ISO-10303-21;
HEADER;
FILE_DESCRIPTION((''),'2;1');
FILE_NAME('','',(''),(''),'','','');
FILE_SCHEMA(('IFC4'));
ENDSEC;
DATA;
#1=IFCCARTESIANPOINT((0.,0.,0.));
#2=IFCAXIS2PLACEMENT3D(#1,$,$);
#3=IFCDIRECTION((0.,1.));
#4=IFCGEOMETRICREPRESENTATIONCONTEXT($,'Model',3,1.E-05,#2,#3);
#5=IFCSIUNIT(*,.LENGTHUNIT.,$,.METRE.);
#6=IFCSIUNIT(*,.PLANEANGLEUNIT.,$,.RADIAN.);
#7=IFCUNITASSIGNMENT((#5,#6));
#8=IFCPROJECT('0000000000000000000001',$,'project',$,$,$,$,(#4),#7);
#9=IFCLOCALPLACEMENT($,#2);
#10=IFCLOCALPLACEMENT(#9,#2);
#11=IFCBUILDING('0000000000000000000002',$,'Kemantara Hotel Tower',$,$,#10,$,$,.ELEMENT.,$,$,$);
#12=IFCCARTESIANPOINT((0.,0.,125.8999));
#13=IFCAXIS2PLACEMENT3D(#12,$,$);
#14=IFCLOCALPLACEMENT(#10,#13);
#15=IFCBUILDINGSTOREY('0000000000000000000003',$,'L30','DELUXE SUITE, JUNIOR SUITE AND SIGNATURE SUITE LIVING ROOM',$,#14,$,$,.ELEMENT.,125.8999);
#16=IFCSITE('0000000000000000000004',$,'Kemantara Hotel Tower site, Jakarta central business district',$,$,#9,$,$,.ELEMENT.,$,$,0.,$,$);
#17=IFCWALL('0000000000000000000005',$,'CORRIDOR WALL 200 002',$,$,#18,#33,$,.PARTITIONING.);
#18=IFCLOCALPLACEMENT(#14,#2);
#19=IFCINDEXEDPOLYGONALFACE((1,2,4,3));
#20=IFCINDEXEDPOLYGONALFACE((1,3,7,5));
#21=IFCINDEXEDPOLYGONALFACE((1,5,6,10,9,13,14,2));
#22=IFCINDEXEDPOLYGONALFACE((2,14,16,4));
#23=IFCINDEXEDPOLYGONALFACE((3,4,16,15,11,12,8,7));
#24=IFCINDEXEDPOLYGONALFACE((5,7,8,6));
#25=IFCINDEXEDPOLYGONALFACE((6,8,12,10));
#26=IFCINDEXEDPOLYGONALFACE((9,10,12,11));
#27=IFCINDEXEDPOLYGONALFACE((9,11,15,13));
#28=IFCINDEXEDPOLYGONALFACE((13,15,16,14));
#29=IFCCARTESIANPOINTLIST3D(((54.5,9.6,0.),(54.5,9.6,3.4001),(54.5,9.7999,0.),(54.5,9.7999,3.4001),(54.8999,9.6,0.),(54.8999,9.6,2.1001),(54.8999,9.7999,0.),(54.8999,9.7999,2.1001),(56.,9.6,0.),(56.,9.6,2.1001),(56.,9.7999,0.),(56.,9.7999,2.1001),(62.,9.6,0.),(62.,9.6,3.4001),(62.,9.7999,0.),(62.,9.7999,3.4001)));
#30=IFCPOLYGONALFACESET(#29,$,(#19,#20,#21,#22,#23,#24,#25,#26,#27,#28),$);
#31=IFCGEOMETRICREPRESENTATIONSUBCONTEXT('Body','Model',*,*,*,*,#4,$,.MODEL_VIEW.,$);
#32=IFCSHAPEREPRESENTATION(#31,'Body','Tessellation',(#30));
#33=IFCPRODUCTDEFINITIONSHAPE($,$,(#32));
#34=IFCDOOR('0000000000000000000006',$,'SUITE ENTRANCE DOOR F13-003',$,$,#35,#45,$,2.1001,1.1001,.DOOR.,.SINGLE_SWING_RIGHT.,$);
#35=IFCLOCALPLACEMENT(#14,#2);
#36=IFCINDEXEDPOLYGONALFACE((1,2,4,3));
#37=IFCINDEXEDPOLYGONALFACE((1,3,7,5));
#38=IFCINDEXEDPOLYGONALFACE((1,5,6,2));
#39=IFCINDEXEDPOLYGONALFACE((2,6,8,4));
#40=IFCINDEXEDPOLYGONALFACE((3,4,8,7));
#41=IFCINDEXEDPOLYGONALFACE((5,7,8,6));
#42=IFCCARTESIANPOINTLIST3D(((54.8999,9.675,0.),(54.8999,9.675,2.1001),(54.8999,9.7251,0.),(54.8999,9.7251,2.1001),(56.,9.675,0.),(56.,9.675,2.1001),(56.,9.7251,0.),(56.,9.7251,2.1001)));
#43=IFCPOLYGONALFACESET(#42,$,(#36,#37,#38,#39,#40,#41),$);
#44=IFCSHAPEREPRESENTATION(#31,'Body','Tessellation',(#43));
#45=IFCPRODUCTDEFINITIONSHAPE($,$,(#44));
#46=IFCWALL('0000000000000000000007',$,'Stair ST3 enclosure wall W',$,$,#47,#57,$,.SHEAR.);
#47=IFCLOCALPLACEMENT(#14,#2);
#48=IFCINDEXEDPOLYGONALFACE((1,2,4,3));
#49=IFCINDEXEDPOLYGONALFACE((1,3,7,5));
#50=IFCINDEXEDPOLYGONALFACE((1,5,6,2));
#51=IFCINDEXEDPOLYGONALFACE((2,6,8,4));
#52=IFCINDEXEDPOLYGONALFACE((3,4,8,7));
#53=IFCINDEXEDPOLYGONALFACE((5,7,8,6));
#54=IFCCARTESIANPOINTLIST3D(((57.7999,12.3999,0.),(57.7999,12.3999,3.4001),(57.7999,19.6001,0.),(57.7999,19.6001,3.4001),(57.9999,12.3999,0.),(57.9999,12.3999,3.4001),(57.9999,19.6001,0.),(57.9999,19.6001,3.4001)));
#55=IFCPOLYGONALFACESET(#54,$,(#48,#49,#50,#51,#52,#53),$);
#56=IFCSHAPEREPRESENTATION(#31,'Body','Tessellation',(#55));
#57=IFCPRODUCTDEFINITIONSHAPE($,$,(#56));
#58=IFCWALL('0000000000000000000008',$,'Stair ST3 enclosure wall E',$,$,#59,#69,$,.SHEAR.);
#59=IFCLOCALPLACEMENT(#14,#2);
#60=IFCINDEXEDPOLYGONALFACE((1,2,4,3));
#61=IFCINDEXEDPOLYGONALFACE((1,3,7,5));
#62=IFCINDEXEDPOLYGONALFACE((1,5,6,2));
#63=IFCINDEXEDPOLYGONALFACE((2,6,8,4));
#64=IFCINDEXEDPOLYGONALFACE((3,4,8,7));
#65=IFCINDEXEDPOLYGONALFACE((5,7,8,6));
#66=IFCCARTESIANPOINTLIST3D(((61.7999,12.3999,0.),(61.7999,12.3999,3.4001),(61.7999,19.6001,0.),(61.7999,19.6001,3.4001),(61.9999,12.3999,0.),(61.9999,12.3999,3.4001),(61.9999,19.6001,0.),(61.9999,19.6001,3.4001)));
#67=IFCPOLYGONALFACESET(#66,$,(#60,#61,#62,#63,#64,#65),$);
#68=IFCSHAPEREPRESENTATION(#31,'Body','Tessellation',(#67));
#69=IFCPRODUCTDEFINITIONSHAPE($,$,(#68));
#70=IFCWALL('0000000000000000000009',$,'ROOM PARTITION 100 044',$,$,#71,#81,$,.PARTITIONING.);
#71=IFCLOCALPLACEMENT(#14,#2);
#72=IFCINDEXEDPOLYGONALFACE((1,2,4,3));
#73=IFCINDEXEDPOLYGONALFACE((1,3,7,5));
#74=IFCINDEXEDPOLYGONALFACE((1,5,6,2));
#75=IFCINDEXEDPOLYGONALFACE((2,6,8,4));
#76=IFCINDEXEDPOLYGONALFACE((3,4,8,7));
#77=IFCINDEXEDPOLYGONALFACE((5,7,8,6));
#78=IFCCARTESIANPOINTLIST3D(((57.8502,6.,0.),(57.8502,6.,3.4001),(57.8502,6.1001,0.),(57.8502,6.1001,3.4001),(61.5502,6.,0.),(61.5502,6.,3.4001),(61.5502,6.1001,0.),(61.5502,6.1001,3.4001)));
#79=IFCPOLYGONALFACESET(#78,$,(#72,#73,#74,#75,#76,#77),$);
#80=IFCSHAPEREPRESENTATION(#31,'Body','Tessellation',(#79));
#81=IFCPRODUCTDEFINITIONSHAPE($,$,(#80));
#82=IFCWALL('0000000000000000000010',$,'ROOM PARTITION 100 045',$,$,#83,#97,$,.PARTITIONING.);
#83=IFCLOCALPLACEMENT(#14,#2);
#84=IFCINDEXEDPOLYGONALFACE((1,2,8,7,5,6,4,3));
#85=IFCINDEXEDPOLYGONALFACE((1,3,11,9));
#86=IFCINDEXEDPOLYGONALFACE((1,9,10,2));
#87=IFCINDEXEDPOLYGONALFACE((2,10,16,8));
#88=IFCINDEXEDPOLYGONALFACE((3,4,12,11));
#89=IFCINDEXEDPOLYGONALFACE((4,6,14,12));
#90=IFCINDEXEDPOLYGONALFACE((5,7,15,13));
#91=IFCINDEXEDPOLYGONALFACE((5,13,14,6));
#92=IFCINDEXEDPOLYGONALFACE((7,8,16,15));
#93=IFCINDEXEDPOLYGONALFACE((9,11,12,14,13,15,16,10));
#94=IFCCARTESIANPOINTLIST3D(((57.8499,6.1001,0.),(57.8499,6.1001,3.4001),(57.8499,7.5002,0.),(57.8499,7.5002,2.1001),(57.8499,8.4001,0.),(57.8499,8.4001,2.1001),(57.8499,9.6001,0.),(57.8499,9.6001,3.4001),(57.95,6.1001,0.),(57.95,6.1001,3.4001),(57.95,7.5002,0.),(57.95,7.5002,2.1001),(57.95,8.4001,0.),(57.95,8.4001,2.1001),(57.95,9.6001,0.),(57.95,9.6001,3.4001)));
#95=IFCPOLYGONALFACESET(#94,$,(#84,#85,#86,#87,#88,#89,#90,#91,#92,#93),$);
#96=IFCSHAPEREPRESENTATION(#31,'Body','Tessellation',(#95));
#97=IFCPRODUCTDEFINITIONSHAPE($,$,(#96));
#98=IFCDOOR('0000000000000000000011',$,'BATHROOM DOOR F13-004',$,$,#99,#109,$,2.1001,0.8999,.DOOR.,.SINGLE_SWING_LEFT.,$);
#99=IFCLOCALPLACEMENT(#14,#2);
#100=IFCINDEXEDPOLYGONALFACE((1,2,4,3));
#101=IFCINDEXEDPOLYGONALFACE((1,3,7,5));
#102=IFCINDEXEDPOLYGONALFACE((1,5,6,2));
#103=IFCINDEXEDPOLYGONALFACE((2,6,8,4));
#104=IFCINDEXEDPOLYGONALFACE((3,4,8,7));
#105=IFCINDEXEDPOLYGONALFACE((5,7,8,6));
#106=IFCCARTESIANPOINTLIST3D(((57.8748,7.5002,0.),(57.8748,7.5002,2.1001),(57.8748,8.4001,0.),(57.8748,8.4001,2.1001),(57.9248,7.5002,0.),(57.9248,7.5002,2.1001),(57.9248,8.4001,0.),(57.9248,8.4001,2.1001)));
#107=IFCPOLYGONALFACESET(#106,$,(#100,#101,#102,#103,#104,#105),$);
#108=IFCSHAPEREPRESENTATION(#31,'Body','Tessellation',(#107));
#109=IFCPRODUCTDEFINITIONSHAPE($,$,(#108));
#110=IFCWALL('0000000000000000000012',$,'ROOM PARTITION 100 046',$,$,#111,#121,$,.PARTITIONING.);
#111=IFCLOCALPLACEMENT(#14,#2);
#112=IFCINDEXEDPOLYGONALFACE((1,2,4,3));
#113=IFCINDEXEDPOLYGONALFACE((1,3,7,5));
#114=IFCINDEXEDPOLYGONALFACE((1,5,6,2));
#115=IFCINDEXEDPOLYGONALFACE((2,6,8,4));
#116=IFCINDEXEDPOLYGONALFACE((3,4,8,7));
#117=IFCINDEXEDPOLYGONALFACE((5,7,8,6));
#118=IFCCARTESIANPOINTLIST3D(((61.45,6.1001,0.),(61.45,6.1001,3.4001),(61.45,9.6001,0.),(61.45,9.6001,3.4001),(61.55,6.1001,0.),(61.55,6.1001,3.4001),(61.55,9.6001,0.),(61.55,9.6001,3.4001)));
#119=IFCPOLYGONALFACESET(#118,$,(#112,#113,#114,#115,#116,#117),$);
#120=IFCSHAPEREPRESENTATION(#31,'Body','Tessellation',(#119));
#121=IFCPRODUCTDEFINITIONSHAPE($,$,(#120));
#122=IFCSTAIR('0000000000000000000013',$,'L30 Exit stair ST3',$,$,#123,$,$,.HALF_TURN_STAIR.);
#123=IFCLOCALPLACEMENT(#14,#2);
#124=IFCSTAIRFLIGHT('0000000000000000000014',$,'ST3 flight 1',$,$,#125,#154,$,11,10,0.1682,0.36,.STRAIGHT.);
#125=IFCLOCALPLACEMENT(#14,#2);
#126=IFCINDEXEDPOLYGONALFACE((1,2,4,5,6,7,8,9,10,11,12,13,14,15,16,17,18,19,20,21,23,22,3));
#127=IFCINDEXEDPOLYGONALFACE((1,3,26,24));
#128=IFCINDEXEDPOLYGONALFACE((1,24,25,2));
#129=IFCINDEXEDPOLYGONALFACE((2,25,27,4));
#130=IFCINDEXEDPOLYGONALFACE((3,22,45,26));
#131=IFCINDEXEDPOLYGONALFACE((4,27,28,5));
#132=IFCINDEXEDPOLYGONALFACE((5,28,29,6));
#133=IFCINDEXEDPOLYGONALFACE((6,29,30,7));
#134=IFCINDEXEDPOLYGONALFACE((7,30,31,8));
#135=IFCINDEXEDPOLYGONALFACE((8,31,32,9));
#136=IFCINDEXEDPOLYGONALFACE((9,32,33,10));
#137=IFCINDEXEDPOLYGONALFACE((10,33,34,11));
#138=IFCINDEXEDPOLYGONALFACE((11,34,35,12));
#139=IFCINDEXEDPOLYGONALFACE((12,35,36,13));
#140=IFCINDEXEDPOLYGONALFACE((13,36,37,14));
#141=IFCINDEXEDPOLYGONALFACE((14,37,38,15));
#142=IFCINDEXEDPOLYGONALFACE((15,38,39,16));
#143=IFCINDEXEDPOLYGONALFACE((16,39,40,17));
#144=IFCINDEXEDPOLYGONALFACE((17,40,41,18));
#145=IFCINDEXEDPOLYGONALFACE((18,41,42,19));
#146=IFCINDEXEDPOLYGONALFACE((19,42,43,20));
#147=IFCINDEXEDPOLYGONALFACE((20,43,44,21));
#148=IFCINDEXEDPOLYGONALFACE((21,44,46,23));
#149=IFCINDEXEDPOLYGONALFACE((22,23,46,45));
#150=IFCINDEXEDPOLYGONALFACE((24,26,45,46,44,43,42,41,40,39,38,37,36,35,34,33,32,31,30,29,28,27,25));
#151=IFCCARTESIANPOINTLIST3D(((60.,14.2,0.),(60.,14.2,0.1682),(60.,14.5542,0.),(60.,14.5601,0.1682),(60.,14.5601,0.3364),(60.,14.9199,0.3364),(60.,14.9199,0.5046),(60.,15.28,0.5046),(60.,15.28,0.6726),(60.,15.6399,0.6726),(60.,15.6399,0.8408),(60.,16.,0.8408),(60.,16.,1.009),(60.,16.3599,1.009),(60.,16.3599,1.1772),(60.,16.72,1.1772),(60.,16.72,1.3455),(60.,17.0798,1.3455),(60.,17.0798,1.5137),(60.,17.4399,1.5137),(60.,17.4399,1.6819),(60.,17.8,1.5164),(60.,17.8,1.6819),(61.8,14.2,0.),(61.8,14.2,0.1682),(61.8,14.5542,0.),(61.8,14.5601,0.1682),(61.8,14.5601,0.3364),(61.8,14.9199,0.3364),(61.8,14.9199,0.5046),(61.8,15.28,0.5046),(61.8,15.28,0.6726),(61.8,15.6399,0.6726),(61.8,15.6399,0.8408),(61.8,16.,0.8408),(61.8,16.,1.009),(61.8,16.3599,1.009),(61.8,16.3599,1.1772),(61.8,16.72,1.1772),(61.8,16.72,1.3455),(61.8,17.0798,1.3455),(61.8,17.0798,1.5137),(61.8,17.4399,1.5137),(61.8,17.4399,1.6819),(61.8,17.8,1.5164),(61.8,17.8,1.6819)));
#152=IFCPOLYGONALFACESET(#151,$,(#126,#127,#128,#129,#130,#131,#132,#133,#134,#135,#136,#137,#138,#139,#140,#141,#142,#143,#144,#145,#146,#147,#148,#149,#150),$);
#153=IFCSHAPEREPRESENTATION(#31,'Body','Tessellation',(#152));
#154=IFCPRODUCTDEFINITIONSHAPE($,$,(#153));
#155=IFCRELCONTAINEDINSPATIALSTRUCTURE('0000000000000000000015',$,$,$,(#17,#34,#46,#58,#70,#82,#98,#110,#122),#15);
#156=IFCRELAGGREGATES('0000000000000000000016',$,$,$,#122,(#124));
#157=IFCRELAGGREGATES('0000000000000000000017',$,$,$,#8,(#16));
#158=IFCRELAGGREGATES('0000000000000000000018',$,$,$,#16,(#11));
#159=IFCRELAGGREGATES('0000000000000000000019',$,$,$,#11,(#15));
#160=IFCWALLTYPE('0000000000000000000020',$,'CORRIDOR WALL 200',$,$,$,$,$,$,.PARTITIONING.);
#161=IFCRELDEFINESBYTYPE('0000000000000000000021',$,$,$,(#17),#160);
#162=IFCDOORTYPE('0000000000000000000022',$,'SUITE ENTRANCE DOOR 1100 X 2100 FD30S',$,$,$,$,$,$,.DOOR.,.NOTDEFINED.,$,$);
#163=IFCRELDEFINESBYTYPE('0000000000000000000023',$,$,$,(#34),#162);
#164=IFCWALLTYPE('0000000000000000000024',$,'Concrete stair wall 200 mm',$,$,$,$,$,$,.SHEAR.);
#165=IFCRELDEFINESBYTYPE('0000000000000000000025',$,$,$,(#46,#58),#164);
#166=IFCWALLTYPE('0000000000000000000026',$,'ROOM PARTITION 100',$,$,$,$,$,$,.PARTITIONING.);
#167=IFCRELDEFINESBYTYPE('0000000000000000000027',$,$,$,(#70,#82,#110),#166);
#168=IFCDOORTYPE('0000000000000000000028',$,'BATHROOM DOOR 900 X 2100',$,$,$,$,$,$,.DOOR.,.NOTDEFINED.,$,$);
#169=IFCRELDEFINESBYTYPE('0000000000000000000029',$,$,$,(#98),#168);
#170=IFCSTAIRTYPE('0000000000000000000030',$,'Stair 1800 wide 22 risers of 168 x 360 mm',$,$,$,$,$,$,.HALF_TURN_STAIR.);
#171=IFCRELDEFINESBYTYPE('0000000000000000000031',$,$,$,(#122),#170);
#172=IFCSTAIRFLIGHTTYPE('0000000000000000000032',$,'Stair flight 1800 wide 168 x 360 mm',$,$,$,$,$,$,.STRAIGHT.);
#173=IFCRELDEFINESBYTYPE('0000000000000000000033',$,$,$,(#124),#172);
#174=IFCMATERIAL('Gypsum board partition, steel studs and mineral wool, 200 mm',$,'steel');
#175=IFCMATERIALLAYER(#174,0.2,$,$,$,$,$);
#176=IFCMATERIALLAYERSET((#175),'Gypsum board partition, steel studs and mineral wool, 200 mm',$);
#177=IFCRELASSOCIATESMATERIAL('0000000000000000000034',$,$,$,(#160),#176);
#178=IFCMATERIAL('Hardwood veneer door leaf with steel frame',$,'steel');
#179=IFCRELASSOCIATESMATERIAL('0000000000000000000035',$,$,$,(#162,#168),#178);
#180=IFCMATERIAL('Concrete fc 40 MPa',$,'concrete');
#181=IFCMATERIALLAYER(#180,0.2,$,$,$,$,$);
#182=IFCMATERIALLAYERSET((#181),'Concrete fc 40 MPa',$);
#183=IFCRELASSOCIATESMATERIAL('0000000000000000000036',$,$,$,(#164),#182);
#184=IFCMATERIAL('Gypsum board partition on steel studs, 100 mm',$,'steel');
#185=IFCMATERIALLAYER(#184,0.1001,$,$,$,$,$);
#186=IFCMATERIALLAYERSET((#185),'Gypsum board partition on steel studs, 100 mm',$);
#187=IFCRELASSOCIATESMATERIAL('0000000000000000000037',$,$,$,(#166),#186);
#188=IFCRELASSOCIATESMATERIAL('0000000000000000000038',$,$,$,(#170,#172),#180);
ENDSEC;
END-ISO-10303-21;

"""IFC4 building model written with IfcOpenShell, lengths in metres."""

from ifc_helpers import new_model, si_unit, direction, frame, frame_2d, origin, place, context, subcontext, project, spatial, polyline, rectangle, outline, extrude, material, layer, layer_set, type_object, element, fill, aggregate, save


model = new_model("IFC4")

# Units and contexts
model_context = context("Model", 3, precision=1e-05, world=origin(), true_north=direction((0.0, 1.0)))
body_context = subcontext(model_context, "Body", "Model", "MODEL_VIEW")
ifc_project = project(units=[si_unit("LENGTHUNIT", "METRE"), si_unit("PLANEANGLEUNIT", "RADIAN")], contexts=[model_context])

# Site, building, storey
site_placement = place(None, origin())
site = spatial("IfcSite", under=ifc_project, at=site_placement, Name="Kemantara Hotel Tower site, Jakarta central business district", CompositionType="ELEMENT", RefElevation=0.0)
building_placement = place(site_placement, origin())
building = spatial("IfcBuilding", under=site, at=building_placement, Name="Kemantara Hotel Tower", CompositionType="ELEMENT")
storey_placement = place(building_placement, frame((0.0, 0.0, 125.8999)))
storey = spatial("IfcBuildingStorey", under=building, at=storey_placement, Name="L30", Description="DELUXE SUITE, JUNIOR SUITE AND SIGNATURE SUITE LIVING ROOM", CompositionType="ELEMENT", Elevation=125.8999)

# Wall, opening, door
ifc_material_1 = material(Name="Gypsum board partition, steel studs and mineral wool, 200 mm", Category="steel")
ifc_layer_1 = layer(ifc_material_1, 0.2)
ifc_layer_set_1 = layer_set([ifc_layer_1], Name="Gypsum board partition, steel studs and mineral wool, 200 mm")
wall_type_1 = type_object("IfcWallType", Name="CORRIDOR WALL 200", PredefinedType="PARTITIONING", material=ifc_layer_set_1)
wall_1_placement = place(storey_placement, frame((62.0, 9.7, 0.0), z_axis=(0.0, 0.0, 1.0), x_axis=(-1.0, 0.0, 0.0)))
wall_1 = element("IfcWall", 1, at=wall_1_placement, inside=storey, type_object=wall_type_1, Name="CORRIDOR WALL 200 002", PredefinedType="PARTITIONING", context=body_context, shape_type="SweptSolid", body=[
    extrude(rectangle(XDim=7.5, YDim=0.2, at=frame_2d((3.75, 0.0))), origin(), (0.0, 0.0, 1.0), 3.4001),
])
opening_1_placement = place(wall_1_placement, frame((6.0, 0.0, 0.0)))
opening_1 = element("IfcOpeningElement", 2, at=opening_1_placement, cuts=wall_1, PredefinedType="OPENING", context=body_context, shape_type="SweptSolid", body=[
    extrude(rectangle(XDim=1.1001, YDim=2.1001, at=frame_2d((0.55, 1.05))), frame((0.0, 0.1099, 0.0), z_axis=(0.0, -1.0, 0.0), x_axis=(1.0, 0.0, 0.0)), (0.0, 0.0, 1.0), 0.22),
])
ifc_material_2 = material(Name="Hardwood veneer door leaf with steel frame", Category="steel")
door_type_1 = type_object("IfcDoorType", Name="SUITE ENTRANCE DOOR 1100 X 2100 FD30S", OperationType="NOTDEFINED", PredefinedType="DOOR", material=ifc_material_2)
door_1_placement = place(opening_1_placement, origin())
door_1 = element("IfcDoor", 3, at=door_1_placement, inside=storey, type_object=door_type_1, Name="SUITE ENTRANCE DOOR F13-003", OperationType="SINGLE_SWING_RIGHT", OverallHeight=2.1001, OverallWidth=1.1001, PredefinedType="DOOR", context=body_context, shape_type="SweptSolid", body=[
    extrude(rectangle(XDim=1.1001, YDim=2.1001, at=frame_2d((0.55, 1.05))), frame((0.0, 0.0249, 0.0), z_axis=(0.0, -1.0, 0.0), x_axis=(1.0, 0.0, 0.0)), (0.0, 0.0, 1.0), 0.05),
])
fill(opening_1, door_1)

# Walls
ifc_material_3 = material(Name="Concrete fc 40 MPa", Category="concrete")
ifc_layer_2 = layer(ifc_material_3, 0.2)
ifc_layer_set_2 = layer_set([ifc_layer_2], Name="Concrete fc 40 MPa")
wall_type_2 = type_object("IfcWallType", Name="Concrete stair wall 200 mm", PredefinedType="SHEAR", material=ifc_layer_set_2)
for number, where, z_axis, x_axis, name in (
    (4, (57.8999, 12.3999, 0.0), (0.0, 0.0, 1.0), (0.0, 1.0, 0.0), "Stair ST3 enclosure wall W"),
    (5, (61.8999, 12.3999, 0.0), (0.0, 0.0, 1.0), (0.0, 1.0, 0.0), "Stair ST3 enclosure wall E"),
):
    element("IfcWall", number, at=place(storey_placement, frame(where, z_axis=z_axis, x_axis=x_axis)), inside=storey, type_object=wall_type_2, Name=name, PredefinedType="SHEAR", context=body_context, shape_type="SweptSolid", body=[
        extrude(rectangle(XDim=7.2002, YDim=0.2, at=frame_2d((3.6001, 0.0))), origin(), (0.0, 0.0, 1.0), 3.4001),
    ])
ifc_material_4 = material(Name="Gypsum board partition on steel studs, 100 mm", Category="steel")
ifc_layer_3 = layer(ifc_material_4, 0.1001)
ifc_layer_set_3 = layer_set([ifc_layer_3], Name="Gypsum board partition on steel studs, 100 mm")
wall_type_3 = type_object("IfcWallType", Name="ROOM PARTITION 100", PredefinedType="PARTITIONING", material=ifc_layer_set_3)
wall_2_placement = place(storey_placement, frame((57.8501, 6.05, 0.0), z_axis=(0.0, 0.0, 1.0), x_axis=(1.0, 0.0, 0.0)))
element("IfcWall", 6, at=wall_2_placement, inside=storey, type_object=wall_type_3, Name="ROOM PARTITION 100 044", PredefinedType="PARTITIONING", context=body_context, shape_type="SweptSolid", body=[
    extrude(rectangle(XDim=3.7, YDim=0.1001, at=frame_2d((1.8501, 0.0))), origin(), (0.0, 0.0, 1.0), 3.4001),
])

# Wall, opening, door
wall_3_placement = place(storey_placement, frame((57.8999, 9.6001, 0.0), z_axis=(0.0, 0.0, 1.0), x_axis=(0.0, -1.0, 0.0)))
wall_3 = element("IfcWall", 7, at=wall_3_placement, inside=storey, type_object=wall_type_3, Name="ROOM PARTITION 100 045", PredefinedType="PARTITIONING", context=body_context, shape_type="SweptSolid", body=[
    extrude(rectangle(XDim=3.5, YDim=0.1001, at=frame_2d((1.75, 0.0))), origin(), (0.0, 0.0, 1.0), 3.4001),
])
opening_2_placement = place(wall_3_placement, frame((1.2, 0.0, 0.0)))
opening_2 = element("IfcOpeningElement", 8, at=opening_2_placement, cuts=wall_3, PredefinedType="OPENING", context=body_context, shape_type="SweptSolid", body=[
    extrude(rectangle(XDim=0.8999, YDim=2.1001, at=frame_2d((0.45, 1.05))), frame((0.0, 0.0601, 0.0), z_axis=(0.0, -1.0, 0.0), x_axis=(1.0, 0.0, 0.0)), (0.0, 0.0, 1.0), 0.1201),
])
door_type_2 = type_object("IfcDoorType", Name="BATHROOM DOOR 900 X 2100", OperationType="NOTDEFINED", PredefinedType="DOOR", material=ifc_material_2)
door_2_placement = place(opening_2_placement, origin())
door_2 = element("IfcDoor", 9, at=door_2_placement, inside=storey, type_object=door_type_2, Name="BATHROOM DOOR F13-004", OperationType="SINGLE_SWING_LEFT", OverallHeight=2.1001, OverallWidth=0.8999, PredefinedType="DOOR", context=body_context, shape_type="SweptSolid", body=[
    extrude(rectangle(XDim=0.8999, YDim=2.1001, at=frame_2d((0.45, 1.05))), frame((0.0, 0.0249, 0.0), z_axis=(0.0, -1.0, 0.0), x_axis=(1.0, 0.0, 0.0)), (0.0, 0.0, 1.0), 0.05),
])
fill(opening_2, door_2)

# Wall
wall_4_placement = place(storey_placement, frame((61.5, 6.1001, 0.0), z_axis=(0.0, 0.0, 1.0), x_axis=(0.0, 1.0, 0.0)))
element("IfcWall", 10, at=wall_4_placement, inside=storey, type_object=wall_type_3, Name="ROOM PARTITION 100 046", PredefinedType="PARTITIONING", context=body_context, shape_type="SweptSolid", body=[
    extrude(rectangle(XDim=3.5, YDim=0.1001, at=frame_2d((1.75, 0.0))), origin(), (0.0, 0.0, 1.0), 3.4001),
])

# Stair, stair flight
stair_type = type_object("IfcStairType", Name="Stair 1800 wide 22 risers of 168 x 360 mm", PredefinedType="HALF_TURN_STAIR", material=ifc_material_3)
stair_placement = place(storey_placement, origin())
stair = element("IfcStair", 11, at=stair_placement, inside=storey, type_object=stair_type, Name="L30 Exit stair ST3", PredefinedType="HALF_TURN_STAIR")
stair_flight_type = type_object("IfcStairFlightType", Name="Stair flight 1800 wide 168 x 360 mm", PredefinedType="STRAIGHT", material=ifc_material_3)
stair_flight_placement = place(storey_placement, frame((60.8999, 14.2, 0.0), z_axis=(0.0, 0.0, 1.0), x_axis=(0.0, 1.0, 0.0)))
stair_flight = element("IfcStairFlight", 12, at=stair_flight_placement, type_object=stair_flight_type, Name="ST3 flight 1", NumberOfRisers=11, NumberOfTreads=10, PredefinedType="STRAIGHT", RiserHeight=0.1682, TreadLength=0.36, context=body_context, shape_type="SweptSolid", body=[
    extrude(outline(polyline([(0.0, 0.0), (0.0, 0.1682), (0.3601, 0.1682), (0.3601, 0.3364), (0.72, 0.3364), (0.72, 0.5046), (1.0801, 0.5046), (1.0801, 0.6726), (1.4399, 0.6726), (1.4399, 0.8408), (1.8, 0.8408), (1.8, 1.009), (2.1599, 1.009), (2.1599, 1.1772), (2.52, 1.1772), (2.52, 1.3455), (2.8799, 1.3455), (2.8799, 1.5137), (3.24, 1.5137), (3.24, 1.6819), (3.6001, 1.6819), (3.6001, 1.8501), (3.6001, 1.5164), (0.3542, 0.0), (0.0, 0.0)])), frame((0.0, 0.8999, 0.0), z_axis=(0.0, -1.0, 0.0), x_axis=(1.0, 0.0, 0.0)), (0.0, 0.0, 1.0), 1.8),
])
aggregate(stair, [stair_flight])

save(model, "model.ifc")
